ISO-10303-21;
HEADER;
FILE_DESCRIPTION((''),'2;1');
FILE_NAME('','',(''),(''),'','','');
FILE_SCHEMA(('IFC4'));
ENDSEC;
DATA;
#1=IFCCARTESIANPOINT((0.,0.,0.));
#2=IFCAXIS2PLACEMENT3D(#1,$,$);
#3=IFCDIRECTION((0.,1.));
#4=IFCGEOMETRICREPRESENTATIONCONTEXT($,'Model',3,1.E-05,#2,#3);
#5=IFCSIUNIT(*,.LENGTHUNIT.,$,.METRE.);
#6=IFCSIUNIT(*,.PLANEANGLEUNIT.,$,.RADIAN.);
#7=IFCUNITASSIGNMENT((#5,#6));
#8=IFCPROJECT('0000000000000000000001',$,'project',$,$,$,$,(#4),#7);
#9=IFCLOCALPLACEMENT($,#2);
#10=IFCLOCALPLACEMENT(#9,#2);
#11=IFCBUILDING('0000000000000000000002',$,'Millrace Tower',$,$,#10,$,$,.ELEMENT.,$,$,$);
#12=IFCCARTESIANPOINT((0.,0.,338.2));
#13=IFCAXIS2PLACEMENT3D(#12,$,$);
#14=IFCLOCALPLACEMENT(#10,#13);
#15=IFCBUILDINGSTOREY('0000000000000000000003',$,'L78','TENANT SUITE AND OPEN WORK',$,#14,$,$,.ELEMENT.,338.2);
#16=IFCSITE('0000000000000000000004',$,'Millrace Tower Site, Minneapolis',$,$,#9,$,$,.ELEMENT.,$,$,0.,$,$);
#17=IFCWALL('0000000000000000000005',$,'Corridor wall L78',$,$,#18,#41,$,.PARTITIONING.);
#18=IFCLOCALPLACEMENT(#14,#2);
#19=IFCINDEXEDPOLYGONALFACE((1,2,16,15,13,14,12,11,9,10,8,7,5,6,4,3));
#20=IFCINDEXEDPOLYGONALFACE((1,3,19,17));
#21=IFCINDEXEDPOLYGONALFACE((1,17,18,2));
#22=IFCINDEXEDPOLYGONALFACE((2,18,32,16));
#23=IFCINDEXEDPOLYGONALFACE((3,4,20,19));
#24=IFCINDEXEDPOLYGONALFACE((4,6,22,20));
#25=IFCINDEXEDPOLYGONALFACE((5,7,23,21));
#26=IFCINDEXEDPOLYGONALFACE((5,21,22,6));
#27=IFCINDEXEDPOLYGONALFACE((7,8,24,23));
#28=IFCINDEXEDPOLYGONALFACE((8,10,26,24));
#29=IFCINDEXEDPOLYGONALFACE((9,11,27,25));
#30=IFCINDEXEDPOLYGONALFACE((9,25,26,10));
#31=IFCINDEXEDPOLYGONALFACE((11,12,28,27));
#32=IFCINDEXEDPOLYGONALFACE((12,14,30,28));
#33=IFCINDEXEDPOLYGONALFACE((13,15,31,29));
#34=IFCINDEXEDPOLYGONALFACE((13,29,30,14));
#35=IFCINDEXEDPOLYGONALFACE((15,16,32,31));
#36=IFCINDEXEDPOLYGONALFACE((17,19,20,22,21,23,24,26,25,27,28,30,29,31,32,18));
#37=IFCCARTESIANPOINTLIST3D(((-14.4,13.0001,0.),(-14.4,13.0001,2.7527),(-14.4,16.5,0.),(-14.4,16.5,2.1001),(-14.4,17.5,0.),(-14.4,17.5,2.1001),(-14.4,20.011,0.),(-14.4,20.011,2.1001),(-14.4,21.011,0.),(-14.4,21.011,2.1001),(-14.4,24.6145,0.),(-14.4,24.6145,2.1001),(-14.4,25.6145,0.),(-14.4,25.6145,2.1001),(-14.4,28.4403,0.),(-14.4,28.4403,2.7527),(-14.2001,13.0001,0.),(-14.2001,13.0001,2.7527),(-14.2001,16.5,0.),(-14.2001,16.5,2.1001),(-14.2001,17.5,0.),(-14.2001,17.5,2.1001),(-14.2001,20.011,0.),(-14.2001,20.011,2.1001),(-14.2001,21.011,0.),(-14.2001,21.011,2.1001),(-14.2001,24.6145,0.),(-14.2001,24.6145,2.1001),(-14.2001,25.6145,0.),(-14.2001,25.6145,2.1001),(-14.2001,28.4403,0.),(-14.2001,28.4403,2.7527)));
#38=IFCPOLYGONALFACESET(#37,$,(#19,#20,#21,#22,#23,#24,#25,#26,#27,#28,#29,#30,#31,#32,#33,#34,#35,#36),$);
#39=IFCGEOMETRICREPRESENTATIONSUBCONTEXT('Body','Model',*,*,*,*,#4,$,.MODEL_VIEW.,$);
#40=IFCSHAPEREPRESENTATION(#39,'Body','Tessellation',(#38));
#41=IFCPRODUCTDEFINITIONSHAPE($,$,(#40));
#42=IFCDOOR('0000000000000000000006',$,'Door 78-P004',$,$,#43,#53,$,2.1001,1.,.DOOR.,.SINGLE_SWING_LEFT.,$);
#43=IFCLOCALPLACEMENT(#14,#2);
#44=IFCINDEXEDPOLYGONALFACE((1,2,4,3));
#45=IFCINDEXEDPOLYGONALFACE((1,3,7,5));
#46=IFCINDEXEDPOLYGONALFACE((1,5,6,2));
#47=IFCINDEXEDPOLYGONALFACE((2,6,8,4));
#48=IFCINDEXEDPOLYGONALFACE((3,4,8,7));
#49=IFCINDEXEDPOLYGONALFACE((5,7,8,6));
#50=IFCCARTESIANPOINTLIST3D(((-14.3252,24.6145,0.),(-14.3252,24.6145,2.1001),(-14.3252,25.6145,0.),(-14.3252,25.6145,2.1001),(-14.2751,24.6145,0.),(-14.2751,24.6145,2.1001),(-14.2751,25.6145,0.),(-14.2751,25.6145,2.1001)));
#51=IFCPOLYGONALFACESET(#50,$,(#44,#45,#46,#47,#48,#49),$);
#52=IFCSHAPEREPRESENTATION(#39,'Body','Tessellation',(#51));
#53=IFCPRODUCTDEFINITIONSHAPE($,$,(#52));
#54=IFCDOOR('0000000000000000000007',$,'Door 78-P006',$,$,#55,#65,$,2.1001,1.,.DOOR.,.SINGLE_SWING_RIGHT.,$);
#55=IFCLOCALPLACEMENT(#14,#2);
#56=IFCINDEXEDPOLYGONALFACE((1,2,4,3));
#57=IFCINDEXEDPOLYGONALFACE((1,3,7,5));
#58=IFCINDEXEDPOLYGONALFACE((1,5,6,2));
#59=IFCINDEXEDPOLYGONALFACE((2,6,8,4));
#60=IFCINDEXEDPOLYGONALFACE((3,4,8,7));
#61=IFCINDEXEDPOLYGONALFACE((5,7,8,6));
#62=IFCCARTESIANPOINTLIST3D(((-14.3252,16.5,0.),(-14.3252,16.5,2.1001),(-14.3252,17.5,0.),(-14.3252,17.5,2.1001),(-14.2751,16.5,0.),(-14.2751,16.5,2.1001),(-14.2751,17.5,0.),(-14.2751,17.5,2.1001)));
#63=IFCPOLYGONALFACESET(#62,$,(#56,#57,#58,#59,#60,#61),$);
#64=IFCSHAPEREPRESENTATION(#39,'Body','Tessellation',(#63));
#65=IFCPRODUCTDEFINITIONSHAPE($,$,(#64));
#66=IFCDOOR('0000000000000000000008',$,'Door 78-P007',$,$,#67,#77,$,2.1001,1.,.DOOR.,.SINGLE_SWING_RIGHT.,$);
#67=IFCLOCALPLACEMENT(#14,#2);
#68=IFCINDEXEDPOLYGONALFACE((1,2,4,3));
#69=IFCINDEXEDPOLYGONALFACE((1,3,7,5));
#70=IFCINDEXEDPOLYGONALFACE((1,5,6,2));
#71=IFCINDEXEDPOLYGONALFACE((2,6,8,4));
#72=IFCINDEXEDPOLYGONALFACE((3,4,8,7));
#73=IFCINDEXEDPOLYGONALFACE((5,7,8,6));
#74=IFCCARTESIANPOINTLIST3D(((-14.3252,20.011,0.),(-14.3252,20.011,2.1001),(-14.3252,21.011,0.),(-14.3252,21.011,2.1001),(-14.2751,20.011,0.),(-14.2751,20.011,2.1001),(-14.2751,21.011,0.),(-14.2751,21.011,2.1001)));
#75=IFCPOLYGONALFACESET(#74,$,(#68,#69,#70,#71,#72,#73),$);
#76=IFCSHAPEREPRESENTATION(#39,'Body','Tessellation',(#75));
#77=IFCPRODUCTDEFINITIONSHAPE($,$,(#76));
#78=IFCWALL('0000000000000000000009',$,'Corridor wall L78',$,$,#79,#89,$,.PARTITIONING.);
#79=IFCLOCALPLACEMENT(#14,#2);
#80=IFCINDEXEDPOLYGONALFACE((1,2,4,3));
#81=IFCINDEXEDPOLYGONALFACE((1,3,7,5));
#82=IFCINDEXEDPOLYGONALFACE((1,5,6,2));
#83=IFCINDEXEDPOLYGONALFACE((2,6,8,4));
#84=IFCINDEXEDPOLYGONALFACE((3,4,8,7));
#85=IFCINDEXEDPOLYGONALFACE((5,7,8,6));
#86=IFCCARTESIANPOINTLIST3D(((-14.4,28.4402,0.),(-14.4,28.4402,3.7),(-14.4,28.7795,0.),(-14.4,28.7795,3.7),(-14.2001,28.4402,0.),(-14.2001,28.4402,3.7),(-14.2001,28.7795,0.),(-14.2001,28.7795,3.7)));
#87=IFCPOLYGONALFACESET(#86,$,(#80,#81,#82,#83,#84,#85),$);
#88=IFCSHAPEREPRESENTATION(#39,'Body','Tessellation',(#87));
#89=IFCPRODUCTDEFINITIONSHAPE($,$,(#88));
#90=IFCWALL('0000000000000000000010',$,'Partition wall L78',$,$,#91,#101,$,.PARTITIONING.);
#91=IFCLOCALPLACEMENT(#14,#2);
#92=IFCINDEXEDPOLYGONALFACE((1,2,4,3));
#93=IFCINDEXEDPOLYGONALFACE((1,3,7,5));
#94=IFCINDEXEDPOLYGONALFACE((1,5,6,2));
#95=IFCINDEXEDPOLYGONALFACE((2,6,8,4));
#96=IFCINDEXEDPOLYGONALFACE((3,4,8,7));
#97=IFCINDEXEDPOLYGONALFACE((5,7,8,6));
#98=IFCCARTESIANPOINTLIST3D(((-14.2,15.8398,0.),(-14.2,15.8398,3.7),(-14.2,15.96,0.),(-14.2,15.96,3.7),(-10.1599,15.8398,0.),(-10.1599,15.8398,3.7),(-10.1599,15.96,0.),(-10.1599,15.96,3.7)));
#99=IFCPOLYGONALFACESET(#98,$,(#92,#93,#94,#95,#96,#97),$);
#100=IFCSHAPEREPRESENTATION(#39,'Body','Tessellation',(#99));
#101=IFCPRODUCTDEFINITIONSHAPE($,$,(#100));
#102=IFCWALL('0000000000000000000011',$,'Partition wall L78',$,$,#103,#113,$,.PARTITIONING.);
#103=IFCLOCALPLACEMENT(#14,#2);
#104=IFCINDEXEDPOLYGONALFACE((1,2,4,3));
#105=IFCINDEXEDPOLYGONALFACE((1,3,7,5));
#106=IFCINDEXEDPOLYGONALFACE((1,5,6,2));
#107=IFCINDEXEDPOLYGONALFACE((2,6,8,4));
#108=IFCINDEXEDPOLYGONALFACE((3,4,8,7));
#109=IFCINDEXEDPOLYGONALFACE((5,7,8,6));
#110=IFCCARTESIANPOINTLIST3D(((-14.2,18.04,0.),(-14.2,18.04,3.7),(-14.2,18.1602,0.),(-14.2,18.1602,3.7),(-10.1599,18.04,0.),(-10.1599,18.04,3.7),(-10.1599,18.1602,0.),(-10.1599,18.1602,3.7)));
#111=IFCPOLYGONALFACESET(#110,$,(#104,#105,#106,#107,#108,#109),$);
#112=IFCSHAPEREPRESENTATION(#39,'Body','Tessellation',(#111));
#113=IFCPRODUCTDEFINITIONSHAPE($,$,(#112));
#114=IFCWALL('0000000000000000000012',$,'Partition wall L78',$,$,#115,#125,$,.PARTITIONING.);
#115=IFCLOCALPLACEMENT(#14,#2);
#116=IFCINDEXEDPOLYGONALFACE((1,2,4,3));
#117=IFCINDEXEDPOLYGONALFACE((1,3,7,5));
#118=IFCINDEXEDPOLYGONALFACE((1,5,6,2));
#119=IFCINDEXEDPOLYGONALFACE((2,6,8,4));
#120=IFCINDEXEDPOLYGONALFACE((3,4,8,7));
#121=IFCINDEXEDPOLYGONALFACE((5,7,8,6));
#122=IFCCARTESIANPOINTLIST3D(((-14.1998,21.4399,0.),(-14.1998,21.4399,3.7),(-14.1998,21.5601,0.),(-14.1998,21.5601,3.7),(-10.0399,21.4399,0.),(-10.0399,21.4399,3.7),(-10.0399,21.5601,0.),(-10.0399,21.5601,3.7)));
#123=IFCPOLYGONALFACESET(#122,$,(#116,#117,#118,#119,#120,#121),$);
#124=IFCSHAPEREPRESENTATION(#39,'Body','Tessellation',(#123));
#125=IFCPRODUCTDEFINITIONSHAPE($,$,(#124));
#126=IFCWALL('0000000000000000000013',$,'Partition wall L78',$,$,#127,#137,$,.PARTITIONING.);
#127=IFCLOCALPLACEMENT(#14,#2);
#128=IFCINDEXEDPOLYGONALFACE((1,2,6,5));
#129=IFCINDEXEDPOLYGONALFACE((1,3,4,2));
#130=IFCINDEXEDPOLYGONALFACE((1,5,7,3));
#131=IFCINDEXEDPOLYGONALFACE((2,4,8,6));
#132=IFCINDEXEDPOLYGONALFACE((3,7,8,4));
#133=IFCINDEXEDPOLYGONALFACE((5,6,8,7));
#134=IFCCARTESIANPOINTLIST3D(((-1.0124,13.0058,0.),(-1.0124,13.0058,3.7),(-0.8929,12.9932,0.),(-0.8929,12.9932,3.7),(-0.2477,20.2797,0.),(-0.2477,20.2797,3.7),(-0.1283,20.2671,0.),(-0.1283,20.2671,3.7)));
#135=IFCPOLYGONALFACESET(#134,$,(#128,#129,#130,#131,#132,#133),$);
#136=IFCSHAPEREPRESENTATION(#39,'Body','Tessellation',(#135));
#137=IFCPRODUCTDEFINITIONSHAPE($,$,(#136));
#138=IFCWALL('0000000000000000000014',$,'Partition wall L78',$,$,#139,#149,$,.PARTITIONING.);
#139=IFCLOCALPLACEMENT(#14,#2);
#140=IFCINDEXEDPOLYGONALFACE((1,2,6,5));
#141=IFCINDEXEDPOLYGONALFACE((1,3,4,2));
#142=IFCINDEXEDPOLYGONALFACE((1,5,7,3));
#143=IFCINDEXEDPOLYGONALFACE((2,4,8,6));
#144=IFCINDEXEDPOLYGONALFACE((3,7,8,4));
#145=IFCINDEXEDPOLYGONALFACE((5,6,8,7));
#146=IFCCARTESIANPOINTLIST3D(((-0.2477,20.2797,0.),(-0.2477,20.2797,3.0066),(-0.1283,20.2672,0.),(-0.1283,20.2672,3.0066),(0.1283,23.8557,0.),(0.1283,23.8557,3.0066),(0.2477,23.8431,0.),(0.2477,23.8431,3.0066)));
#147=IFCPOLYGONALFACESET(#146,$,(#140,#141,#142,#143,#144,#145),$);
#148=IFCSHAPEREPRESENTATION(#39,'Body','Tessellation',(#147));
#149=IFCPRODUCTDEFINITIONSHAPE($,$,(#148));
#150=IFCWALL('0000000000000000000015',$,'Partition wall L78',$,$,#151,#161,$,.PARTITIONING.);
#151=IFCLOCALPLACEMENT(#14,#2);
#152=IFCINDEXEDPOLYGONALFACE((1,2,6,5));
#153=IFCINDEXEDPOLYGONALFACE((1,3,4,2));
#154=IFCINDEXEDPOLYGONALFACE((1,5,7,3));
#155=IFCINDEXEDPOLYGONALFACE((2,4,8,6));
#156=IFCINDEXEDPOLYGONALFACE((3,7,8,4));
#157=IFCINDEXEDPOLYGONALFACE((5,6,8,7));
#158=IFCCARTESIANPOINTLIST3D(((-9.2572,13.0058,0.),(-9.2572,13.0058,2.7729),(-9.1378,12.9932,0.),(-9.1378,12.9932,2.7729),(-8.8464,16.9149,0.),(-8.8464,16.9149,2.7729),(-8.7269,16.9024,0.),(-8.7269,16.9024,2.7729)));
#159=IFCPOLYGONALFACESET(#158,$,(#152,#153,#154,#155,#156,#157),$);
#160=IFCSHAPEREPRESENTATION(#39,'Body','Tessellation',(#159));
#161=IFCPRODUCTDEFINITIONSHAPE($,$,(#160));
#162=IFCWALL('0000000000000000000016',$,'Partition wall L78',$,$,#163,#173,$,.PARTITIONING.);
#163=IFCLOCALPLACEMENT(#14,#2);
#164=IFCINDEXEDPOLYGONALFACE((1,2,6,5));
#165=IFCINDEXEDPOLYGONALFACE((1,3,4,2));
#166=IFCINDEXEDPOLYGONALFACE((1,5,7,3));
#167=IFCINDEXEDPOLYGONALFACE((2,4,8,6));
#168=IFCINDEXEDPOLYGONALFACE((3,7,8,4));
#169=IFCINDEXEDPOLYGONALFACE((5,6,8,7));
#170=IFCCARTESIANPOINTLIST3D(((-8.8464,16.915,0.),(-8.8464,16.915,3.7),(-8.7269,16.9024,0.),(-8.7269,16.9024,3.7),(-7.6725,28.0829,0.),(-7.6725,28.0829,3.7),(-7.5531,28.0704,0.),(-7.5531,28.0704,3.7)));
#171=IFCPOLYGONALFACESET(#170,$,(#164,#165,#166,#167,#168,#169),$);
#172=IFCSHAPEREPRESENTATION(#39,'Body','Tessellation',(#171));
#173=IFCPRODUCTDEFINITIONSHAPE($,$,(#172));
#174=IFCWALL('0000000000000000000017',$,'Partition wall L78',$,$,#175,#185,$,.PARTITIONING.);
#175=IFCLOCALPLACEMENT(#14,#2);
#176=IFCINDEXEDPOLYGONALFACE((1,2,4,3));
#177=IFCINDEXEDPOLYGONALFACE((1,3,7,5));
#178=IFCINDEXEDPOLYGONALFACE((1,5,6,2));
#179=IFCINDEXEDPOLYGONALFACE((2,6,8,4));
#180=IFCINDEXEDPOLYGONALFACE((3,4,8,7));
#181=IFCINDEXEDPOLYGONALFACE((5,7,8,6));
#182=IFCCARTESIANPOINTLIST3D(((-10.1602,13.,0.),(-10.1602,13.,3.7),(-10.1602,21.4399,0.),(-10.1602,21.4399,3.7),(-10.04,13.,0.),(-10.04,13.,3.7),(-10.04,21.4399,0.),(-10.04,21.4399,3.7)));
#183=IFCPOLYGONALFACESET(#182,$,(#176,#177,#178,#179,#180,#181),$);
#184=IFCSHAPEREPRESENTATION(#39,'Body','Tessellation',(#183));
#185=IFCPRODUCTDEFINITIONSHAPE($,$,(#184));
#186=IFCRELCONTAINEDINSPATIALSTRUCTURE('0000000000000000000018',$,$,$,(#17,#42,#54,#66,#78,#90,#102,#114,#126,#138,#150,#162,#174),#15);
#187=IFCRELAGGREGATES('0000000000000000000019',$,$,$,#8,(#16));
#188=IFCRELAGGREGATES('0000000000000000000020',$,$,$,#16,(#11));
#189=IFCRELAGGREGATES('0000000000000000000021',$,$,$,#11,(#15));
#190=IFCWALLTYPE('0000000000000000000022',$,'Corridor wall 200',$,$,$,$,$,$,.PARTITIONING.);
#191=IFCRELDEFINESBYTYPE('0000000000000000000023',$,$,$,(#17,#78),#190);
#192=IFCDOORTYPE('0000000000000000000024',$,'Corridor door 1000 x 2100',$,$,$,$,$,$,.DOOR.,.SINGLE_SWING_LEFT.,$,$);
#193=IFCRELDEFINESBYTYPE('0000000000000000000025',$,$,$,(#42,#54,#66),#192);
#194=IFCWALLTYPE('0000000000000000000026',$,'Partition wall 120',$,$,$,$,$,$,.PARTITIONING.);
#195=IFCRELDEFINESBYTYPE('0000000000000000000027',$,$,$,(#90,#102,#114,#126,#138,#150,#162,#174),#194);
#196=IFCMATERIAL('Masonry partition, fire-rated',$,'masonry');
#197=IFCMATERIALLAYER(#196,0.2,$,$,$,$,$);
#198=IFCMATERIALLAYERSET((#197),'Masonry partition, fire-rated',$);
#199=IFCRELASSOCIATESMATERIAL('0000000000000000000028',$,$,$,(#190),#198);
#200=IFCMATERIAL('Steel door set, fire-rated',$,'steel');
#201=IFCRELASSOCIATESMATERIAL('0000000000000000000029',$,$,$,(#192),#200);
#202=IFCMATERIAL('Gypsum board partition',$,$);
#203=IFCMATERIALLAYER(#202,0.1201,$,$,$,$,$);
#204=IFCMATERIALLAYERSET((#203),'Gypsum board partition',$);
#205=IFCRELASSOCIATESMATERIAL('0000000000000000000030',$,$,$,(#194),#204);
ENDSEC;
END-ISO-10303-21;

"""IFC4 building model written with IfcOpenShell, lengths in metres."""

from ifc_helpers import new_model, si_unit, direction, frame, frame_2d, origin, place, context, subcontext, project, spatial, rectangle, extrude, material, layer, layer_set, type_object, element, fill, save


model = new_model("IFC4")

# Units and contexts
model_context = context("Model", 3, precision=1e-05, world=origin(), true_north=direction((0.0, 1.0)))
body_context = subcontext(model_context, "Body", "Model", "MODEL_VIEW")
ifc_project = project(units=[si_unit("LENGTHUNIT", "METRE"), si_unit("PLANEANGLEUNIT", "RADIAN")], contexts=[model_context])

# Site, building, storey
site_placement = place(None, origin())
site = spatial("IfcSite", under=ifc_project, at=site_placement, Name="Millrace Tower Site, Minneapolis", CompositionType="ELEMENT", RefElevation=0.0)
building_placement = place(site_placement, origin())
building = spatial("IfcBuilding", under=site, at=building_placement, Name="Millrace Tower", CompositionType="ELEMENT")
storey_placement = place(building_placement, frame((0.0, 0.0, 338.2)))
storey = spatial("IfcBuildingStorey", under=building, at=storey_placement, Name="L78", Description="TENANT SUITE AND OPEN WORK", CompositionType="ELEMENT", Elevation=338.2)

# Wall, openings, doors
ifc_material_1 = material(Name="Masonry partition, fire-rated", Category="masonry")
ifc_layer_1 = layer(ifc_material_1, 0.2)
ifc_layer_set_1 = layer_set([ifc_layer_1], Name="Masonry partition, fire-rated")
wall_type_1 = type_object("IfcWallType", Name="Corridor wall 200", PredefinedType="PARTITIONING", material=ifc_layer_set_1)
ifc_material_2 = material(Name="Steel door set, fire-rated", Category="steel")
door_type_1 = type_object("IfcDoorType", Name="Corridor door 1000 x 2100", OperationType="SINGLE_SWING_LEFT", PredefinedType="DOOR", material=ifc_material_2)
wall_1_placement = place(storey_placement, frame((-14.3, 13.0, 0.0), z_axis=(0.0, 0.0, 1.0), x_axis=(0.0, 1.0, 0.0)))
wall_1 = element("IfcWall", 1, at=wall_1_placement, inside=storey, type_object=wall_type_1, Name="Corridor wall L78", PredefinedType="PARTITIONING", context=body_context, shape_type="SweptSolid", body=[
    extrude(rectangle(XDim=15.4402, YDim=0.2, at=frame_2d((7.7202, 0.0))), origin(), (0.0, 0.0, 1.0), 2.7527),
])
opening_1_placement = place(wall_1_placement, frame((11.6145, 0.0, 0.0)))
opening_1 = element("IfcOpeningElement", 2, at=opening_1_placement, cuts=wall_1, PredefinedType="OPENING", context=body_context, shape_type="SweptSolid", body=[
    extrude(rectangle(XDim=1.0, YDim=2.1001, at=frame_2d((0.5, 1.05))), frame((0.0, 0.1099, 0.0), z_axis=(0.0, -1.0, 0.0), x_axis=(1.0, 0.0, 0.0)), (0.0, 0.0, 1.0), 0.22),
])
opening_2_placement = place(wall_1_placement, frame((3.5, 0.0, 0.0)))
opening_2 = element("IfcOpeningElement", 3, at=opening_2_placement, cuts=wall_1, PredefinedType="OPENING", context=body_context, shape_type="SweptSolid", body=[
    extrude(rectangle(XDim=1.0, YDim=2.1001, at=frame_2d((0.5, 1.05))), frame((0.0, 0.1099, 0.0), z_axis=(0.0, -1.0, 0.0), x_axis=(1.0, 0.0, 0.0)), (0.0, 0.0, 1.0), 0.22),
])
opening_3_placement = place(wall_1_placement, frame((7.011, 0.0, 0.0)))
opening_3 = element("IfcOpeningElement", 4, at=opening_3_placement, cuts=wall_1, PredefinedType="OPENING", context=body_context, shape_type="SweptSolid", body=[
    extrude(rectangle(XDim=1.0, YDim=2.1001, at=frame_2d((0.5, 1.05))), frame((0.0, 0.1099, 0.0), z_axis=(0.0, -1.0, 0.0), x_axis=(1.0, 0.0, 0.0)), (0.0, 0.0, 1.0), 0.22),
])
door_1_placement = place(opening_1_placement, frame((1.0, 0.0, 0.0), z_axis=(0.0, 0.0, 1.0), x_axis=(-1.0, 0.0, 0.0)))
door_1 = element("IfcDoor", 5, at=door_1_placement, inside=storey, type_object=door_type_1, Name="Door 78-P004", OperationType="SINGLE_SWING_LEFT", OverallHeight=2.1001, OverallWidth=1.0, PredefinedType="DOOR", context=body_context, shape_type="SweptSolid", body=[
    extrude(rectangle(XDim=1.0, YDim=2.1001, at=frame_2d((0.5, 1.05))), frame((0.0, 0.0249, 0.0), z_axis=(0.0, -1.0, 0.0), x_axis=(1.0, 0.0, 0.0)), (0.0, 0.0, 1.0), 0.05),
])
fill(opening_1, door_1)
door_2_placement = place(opening_2_placement, frame((1.0, 0.0, 0.0), z_axis=(0.0, 0.0, 1.0), x_axis=(-1.0, 0.0, 0.0)))
door_2 = element("IfcDoor", 6, at=door_2_placement, inside=storey, type_object=door_type_1, Name="Door 78-P006", OperationType="SINGLE_SWING_RIGHT", OverallHeight=2.1001, OverallWidth=1.0, PredefinedType="DOOR", context=body_context, shape_type="SweptSolid", body=[
    extrude(rectangle(XDim=1.0, YDim=2.1001, at=frame_2d((0.5, 1.05))), frame((0.0, 0.0249, 0.0), z_axis=(0.0, -1.0, 0.0), x_axis=(1.0, 0.0, 0.0)), (0.0, 0.0, 1.0), 0.05),
])
fill(opening_2, door_2)
door_3_placement = place(opening_3_placement, frame((1.0, 0.0, 0.0), z_axis=(0.0, 0.0, 1.0), x_axis=(-1.0, 0.0, 0.0)))
door_3 = element("IfcDoor", 7, at=door_3_placement, inside=storey, type_object=door_type_1, Name="Door 78-P007", OperationType="SINGLE_SWING_RIGHT", OverallHeight=2.1001, OverallWidth=1.0, PredefinedType="DOOR", context=body_context, shape_type="SweptSolid", body=[
    extrude(rectangle(XDim=1.0, YDim=2.1001, at=frame_2d((0.5, 1.05))), frame((0.0, 0.0249, 0.0), z_axis=(0.0, -1.0, 0.0), x_axis=(1.0, 0.0, 0.0)), (0.0, 0.0, 1.0), 0.05),
])
fill(opening_3, door_3)

# Walls
wall_2_placement = place(storey_placement, frame((-14.3, 28.4402, 0.0), z_axis=(0.0, 0.0, 1.0), x_axis=(0.0, 1.0, 0.0)))
element("IfcWall", 8, at=wall_2_placement, inside=storey, type_object=wall_type_1, Name="Corridor wall L78", PredefinedType="PARTITIONING", context=body_context, shape_type="SweptSolid", body=[
    extrude(rectangle(XDim=0.3394, YDim=0.2, at=frame_2d((0.1697, 0.0))), origin(), (0.0, 0.0, 1.0), 3.7),
])
ifc_material_3 = material(Name="Gypsum board partition")
ifc_layer_2 = layer(ifc_material_3, 0.1201)
ifc_layer_set_2 = layer_set([ifc_layer_2], Name="Gypsum board partition")
wall_type_2 = type_object("IfcWallType", Name="Partition wall 120", PredefinedType="PARTITIONING", material=ifc_layer_set_2)
for number, where, z_axis, x_axis, name in (
    (9, (-14.2, 15.8999, 0.0), (0.0, 0.0, 1.0), (1.0, 0.0, 0.0), "Partition wall L78"),
    (10, (-14.2, 18.1001, 0.0), (0.0, 0.0, 1.0), (1.0, 0.0, 0.0), "Partition wall L78"),
):
    element("IfcWall", number, at=place(storey_placement, frame(where, z_axis=z_axis, x_axis=x_axis)), inside=storey, type_object=wall_type_2, Name=name, PredefinedType="PARTITIONING", context=body_context, shape_type="SweptSolid", body=[
        extrude(rectangle(XDim=4.04, YDim=0.1201, at=frame_2d((2.02, 0.0))), origin(), (0.0, 0.0, 1.0), 3.7),
    ])
wall_3_placement = place(storey_placement, frame((-14.2, 21.5, 0.0), z_axis=(0.0, 0.0, 1.0), x_axis=(1.0, 0.0, 0.0)))
element("IfcWall", 11, at=wall_3_placement, inside=storey, type_object=wall_type_2, Name="Partition wall L78", PredefinedType="PARTITIONING", context=body_context, shape_type="SweptSolid", body=[
    extrude(rectangle(XDim=4.1599, YDim=0.1201, at=frame_2d((2.0801, 0.0))), origin(), (0.0, 0.0, 1.0), 3.7),
])
wall_4_placement = place(storey_placement, frame((-0.9526, 12.9995, 0.0), z_axis=(0.0, 0.0, 1.0), x_axis=(0.104546, 0.99452, 0.0)))
element("IfcWall", 12, at=wall_4_placement, inside=storey, type_object=wall_type_2, Name="Partition wall L78", PredefinedType="PARTITIONING", context=body_context, shape_type="SweptSolid", body=[
    extrude(rectangle(XDim=7.314, YDim=0.1201, at=frame_2d((3.657, 0.0))), origin(), (0.0, 0.0, 1.0), 3.7),
])
wall_5_placement = place(storey_placement, frame((-0.188, 20.2734, 0.0), z_axis=(0.0, 0.0, 1.0), x_axis=(0.104565, 0.994518, 0.0)))
element("IfcWall", 13, at=wall_5_placement, inside=storey, type_object=wall_type_2, Name="Partition wall L78", PredefinedType="PARTITIONING", context=body_context, shape_type="SweptSolid", body=[
    extrude(rectangle(XDim=3.5957, YDim=0.1201, at=frame_2d((1.7979, 0.0))), origin(), (0.0, 0.0, 1.0), 3.0066),
])
wall_6_placement = place(storey_placement, frame((-9.1975, 12.9995, 0.0), z_axis=(0.0, 0.0, 1.0), x_axis=(0.104533, 0.994521, 0.0)))
element("IfcWall", 14, at=wall_6_placement, inside=storey, type_object=wall_type_2, Name="Partition wall L78", PredefinedType="PARTITIONING", context=body_context, shape_type="SweptSolid", body=[
    extrude(rectangle(XDim=3.9307, YDim=0.1201, at=frame_2d((1.9653, 0.0))), origin(), (0.0, 0.0, 1.0), 2.7729),
])
wall_7_placement = place(storey_placement, frame((-8.7866, 16.9087, 0.0), z_axis=(0.0, 0.0, 1.0), x_axis=(0.104531, 0.994522, 0.0)))
element("IfcWall", 15, at=wall_7_placement, inside=storey, type_object=wall_type_2, Name="Partition wall L78", PredefinedType="PARTITIONING", context=body_context, shape_type="SweptSolid", body=[
    extrude(rectangle(XDim=11.2295, YDim=0.1201, at=frame_2d((5.6147, 0.0))), origin(), (0.0, 0.0, 1.0), 3.7),
])
wall_8_placement = place(storey_placement, frame((-10.1001, 13.0, 0.0), z_axis=(0.0, 0.0, 1.0), x_axis=(0.0, 1.0, 0.0)))
element("IfcWall", 16, at=wall_8_placement, inside=storey, type_object=wall_type_2, Name="Partition wall L78", PredefinedType="PARTITIONING", context=body_context, shape_type="SweptSolid", body=[
    extrude(rectangle(XDim=8.4399, YDim=0.1201, at=frame_2d((4.22, 0.0))), origin(), (0.0, 0.0, 1.0), 3.7),
])

save(model, "model.ifc")
